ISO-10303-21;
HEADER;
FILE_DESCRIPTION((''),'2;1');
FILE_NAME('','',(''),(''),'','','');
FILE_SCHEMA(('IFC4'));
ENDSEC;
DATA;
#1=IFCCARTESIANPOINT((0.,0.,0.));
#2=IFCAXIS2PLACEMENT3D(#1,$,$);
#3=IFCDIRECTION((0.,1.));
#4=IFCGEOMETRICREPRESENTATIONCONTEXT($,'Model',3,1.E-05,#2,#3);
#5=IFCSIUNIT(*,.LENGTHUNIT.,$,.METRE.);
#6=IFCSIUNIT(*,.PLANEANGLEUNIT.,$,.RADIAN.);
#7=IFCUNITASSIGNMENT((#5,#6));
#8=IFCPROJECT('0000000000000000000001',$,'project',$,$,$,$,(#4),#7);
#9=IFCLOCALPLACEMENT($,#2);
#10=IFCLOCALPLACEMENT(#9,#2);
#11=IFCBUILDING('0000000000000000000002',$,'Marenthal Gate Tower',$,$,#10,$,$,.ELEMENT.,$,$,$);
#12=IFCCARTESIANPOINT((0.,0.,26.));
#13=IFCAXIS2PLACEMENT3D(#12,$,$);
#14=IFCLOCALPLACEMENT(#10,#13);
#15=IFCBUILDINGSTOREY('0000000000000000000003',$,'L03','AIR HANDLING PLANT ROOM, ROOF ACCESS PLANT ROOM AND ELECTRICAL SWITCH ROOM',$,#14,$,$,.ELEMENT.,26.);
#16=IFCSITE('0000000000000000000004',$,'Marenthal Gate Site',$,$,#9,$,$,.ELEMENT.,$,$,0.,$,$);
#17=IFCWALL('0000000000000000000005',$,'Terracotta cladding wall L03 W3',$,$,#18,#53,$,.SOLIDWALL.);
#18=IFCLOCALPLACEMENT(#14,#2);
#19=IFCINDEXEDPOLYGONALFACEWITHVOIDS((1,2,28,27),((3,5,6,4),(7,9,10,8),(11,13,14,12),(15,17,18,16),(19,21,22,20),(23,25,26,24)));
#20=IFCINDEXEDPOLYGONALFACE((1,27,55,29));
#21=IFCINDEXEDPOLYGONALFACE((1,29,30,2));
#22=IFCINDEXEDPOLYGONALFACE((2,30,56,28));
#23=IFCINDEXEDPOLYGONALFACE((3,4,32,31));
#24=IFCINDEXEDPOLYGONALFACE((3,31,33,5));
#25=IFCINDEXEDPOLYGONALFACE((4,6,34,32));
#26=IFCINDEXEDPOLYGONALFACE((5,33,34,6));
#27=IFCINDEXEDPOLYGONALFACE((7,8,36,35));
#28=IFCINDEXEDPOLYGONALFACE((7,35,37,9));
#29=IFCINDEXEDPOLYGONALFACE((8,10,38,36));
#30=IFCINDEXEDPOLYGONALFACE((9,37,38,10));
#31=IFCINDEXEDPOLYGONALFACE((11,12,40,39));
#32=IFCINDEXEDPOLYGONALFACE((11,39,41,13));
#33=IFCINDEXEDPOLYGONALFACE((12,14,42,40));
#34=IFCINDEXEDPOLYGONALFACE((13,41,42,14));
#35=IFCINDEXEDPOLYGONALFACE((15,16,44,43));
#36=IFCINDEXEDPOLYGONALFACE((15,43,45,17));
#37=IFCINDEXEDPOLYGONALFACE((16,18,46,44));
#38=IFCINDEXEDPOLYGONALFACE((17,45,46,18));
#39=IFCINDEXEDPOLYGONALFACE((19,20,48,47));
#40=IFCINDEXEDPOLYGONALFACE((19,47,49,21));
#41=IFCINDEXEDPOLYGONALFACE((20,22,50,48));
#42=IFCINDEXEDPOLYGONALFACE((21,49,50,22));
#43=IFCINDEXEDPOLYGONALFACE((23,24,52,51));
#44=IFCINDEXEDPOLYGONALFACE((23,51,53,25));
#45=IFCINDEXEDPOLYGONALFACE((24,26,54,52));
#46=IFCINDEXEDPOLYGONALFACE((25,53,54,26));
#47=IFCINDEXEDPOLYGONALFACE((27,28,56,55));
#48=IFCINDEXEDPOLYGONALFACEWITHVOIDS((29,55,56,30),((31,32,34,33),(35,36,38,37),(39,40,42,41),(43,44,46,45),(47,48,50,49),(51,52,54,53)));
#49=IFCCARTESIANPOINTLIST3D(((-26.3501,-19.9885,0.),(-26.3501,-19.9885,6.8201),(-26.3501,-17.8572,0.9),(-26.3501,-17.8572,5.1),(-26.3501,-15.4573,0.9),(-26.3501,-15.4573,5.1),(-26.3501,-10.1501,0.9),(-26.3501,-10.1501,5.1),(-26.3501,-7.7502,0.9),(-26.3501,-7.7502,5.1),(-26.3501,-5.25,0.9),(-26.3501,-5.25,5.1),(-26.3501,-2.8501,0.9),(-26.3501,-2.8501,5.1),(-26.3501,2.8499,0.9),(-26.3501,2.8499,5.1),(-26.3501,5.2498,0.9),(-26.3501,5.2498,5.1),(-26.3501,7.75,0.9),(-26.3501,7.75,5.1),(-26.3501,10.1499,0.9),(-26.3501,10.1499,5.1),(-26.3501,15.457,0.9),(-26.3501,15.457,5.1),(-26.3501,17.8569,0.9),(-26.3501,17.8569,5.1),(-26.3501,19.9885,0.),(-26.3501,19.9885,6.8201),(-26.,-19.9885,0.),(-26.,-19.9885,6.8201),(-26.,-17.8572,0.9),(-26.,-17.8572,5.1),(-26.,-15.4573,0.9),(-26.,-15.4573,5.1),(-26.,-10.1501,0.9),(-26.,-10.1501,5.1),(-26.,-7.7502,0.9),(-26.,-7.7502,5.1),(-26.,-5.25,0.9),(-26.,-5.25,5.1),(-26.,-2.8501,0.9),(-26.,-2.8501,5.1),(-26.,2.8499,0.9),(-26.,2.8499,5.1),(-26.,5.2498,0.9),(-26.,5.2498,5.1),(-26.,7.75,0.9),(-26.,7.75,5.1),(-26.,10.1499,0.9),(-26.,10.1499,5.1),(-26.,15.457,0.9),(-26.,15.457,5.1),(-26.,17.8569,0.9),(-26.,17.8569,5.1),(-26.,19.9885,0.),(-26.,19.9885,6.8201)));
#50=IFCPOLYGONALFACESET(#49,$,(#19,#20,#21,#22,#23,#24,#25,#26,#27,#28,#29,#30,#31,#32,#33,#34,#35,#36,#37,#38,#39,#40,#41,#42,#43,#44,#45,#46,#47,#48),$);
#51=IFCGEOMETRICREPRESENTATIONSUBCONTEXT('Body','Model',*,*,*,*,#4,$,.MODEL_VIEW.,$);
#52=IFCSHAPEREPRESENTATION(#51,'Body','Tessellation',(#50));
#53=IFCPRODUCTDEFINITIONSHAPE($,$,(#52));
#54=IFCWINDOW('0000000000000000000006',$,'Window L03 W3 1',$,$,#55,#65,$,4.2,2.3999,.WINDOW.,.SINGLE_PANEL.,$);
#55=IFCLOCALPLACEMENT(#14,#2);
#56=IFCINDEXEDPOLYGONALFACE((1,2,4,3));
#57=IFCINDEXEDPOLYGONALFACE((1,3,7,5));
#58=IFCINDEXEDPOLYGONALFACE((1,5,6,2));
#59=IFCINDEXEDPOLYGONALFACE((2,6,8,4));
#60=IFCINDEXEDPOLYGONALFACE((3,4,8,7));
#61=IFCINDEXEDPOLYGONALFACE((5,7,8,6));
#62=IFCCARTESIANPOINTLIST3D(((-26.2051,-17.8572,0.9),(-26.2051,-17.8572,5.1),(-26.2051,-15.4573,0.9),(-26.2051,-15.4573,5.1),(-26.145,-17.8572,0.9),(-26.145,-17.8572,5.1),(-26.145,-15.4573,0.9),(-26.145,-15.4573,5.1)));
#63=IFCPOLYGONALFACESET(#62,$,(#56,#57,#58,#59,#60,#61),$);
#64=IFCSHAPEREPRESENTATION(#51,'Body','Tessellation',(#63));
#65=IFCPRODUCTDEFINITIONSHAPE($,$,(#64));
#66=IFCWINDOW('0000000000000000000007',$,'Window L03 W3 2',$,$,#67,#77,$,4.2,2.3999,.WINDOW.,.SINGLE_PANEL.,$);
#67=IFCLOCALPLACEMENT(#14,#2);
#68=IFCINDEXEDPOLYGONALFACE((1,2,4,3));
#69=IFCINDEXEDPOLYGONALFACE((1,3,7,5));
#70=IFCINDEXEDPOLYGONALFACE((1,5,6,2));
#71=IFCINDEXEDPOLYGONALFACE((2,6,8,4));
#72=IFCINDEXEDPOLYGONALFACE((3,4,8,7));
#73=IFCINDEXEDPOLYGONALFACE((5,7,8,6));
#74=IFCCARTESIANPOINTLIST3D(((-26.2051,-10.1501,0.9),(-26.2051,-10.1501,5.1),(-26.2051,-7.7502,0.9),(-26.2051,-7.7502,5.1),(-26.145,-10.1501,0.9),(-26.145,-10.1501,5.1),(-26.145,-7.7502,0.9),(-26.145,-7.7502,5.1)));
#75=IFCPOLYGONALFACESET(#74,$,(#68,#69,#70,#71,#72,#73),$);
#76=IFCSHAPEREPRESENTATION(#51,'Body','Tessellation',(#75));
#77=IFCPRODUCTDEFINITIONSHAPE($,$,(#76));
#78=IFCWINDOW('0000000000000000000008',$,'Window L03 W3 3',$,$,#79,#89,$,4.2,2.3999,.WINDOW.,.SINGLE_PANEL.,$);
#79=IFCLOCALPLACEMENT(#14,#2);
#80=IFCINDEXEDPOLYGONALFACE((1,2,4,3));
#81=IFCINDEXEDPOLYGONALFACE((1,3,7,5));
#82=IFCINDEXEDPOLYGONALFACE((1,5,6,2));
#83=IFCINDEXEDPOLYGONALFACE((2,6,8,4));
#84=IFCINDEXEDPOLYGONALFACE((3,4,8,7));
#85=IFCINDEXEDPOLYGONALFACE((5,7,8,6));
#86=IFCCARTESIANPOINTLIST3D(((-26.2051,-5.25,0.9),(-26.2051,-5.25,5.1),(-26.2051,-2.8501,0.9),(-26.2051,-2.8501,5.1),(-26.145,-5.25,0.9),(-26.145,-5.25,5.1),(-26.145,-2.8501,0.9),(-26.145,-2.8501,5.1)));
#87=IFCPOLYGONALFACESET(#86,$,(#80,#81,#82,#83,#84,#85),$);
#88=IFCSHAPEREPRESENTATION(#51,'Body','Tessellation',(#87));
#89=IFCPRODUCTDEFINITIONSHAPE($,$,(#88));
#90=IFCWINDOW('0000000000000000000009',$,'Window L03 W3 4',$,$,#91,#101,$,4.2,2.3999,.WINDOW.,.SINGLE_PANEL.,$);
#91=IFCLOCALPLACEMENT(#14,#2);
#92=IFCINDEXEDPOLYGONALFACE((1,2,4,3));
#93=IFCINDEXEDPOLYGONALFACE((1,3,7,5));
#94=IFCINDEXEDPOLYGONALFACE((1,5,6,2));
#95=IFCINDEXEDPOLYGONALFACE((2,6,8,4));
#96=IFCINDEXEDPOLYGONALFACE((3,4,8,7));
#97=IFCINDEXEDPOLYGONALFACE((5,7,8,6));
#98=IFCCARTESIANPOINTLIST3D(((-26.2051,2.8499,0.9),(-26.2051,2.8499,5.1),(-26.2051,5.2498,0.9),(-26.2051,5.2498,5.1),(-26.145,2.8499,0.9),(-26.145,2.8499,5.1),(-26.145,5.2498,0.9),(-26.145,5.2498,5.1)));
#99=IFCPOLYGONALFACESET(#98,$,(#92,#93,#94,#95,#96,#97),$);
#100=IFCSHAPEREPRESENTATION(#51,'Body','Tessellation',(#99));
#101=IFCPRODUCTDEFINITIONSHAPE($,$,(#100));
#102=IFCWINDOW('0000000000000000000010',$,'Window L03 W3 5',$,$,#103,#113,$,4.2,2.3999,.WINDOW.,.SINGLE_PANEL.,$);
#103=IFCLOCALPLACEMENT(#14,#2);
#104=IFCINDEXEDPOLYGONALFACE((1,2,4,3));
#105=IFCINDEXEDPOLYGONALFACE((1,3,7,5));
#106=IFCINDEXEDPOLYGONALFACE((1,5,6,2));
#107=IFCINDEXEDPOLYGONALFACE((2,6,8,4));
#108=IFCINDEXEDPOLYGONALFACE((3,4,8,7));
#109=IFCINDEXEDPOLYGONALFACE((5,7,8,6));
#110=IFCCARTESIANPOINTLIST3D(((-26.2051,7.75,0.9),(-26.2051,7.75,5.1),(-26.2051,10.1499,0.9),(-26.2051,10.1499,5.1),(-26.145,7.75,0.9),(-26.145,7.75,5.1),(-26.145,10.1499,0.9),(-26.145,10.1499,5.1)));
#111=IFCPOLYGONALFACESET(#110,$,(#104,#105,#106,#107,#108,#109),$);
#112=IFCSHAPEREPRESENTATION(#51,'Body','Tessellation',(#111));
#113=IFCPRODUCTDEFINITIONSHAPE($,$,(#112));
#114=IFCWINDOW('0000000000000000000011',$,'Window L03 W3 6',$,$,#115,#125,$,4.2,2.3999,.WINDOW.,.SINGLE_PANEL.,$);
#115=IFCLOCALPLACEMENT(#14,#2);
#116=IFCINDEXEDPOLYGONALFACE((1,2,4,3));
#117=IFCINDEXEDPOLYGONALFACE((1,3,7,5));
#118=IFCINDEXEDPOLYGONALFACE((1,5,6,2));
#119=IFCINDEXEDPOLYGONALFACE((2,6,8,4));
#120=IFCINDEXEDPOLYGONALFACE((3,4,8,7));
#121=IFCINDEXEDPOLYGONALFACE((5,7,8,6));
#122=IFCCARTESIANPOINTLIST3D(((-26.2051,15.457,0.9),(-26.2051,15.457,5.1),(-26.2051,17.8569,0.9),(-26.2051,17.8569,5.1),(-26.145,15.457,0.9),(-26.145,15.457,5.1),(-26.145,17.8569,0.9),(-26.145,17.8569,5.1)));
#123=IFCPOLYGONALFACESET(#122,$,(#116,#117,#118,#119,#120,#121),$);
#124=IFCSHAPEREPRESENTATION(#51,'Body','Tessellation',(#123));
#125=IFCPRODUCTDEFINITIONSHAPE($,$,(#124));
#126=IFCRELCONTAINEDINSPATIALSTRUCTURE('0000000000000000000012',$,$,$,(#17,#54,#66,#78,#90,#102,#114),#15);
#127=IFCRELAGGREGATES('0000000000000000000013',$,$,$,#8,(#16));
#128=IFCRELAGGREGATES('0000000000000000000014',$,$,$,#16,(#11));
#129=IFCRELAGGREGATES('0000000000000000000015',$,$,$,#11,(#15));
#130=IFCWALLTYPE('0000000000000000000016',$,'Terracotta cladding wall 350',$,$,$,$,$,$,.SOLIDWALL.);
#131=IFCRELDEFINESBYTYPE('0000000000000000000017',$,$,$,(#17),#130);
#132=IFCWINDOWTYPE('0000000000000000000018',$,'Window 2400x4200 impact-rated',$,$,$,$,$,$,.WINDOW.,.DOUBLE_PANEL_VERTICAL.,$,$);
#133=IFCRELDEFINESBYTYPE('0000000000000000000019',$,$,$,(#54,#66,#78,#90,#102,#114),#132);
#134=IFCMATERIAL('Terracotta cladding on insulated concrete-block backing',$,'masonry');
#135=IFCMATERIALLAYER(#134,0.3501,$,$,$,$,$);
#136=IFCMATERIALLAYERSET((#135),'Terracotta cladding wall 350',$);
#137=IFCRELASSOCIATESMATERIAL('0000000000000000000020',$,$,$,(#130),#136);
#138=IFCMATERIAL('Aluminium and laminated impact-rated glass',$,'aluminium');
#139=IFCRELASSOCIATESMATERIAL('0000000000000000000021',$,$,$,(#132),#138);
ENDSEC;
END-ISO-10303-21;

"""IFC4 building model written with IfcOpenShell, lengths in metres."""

from ifc_helpers import new_model, si_unit, direction, frame, frame_2d, origin, place, context, subcontext, project, spatial, rectangle, extrude, material, layer, layer_set, type_object, element, fill, save


model = new_model("IFC4")

# Units and contexts
model_context = context("Model", 3, precision=1e-05, world=origin(), true_north=direction((0.0, 1.0)))
body_context = subcontext(model_context, "Body", "Model", "MODEL_VIEW")
ifc_project = project(units=[si_unit("LENGTHUNIT", "METRE"), si_unit("PLANEANGLEUNIT", "RADIAN")], contexts=[model_context])

# Site, building, storey
site_placement = place(None, origin())
site = spatial("IfcSite", under=ifc_project, at=site_placement, Name="Marenthal Gate Site", CompositionType="ELEMENT", RefElevation=0.0)
building_placement = place(site_placement, origin())
building = spatial("IfcBuilding", under=site, at=building_placement, Name="Marenthal Gate Tower", CompositionType="ELEMENT")
storey_placement = place(building_placement, frame((0.0, 0.0, 26.0)))
storey = spatial("IfcBuildingStorey", under=building, at=storey_placement, Name="L03", Description="AIR HANDLING PLANT ROOM, ROOF ACCESS PLANT ROOM AND ELECTRICAL SWITCH ROOM", CompositionType="ELEMENT", Elevation=26.0)

# Shared definitions
ifc_material_1 = material(Name="Terracotta cladding on insulated concrete-block backing", Category="masonry")
ifc_layer_1 = layer(ifc_material_1, 0.3501)
ifc_layer_set_1 = layer_set([ifc_layer_1], Name="Terracotta cladding wall 350")
wall_type_1 = type_object("IfcWallType", Name="Terracotta cladding wall 350", PredefinedType="SOLIDWALL", material=ifc_layer_set_1)

# Wall, openings, windows
wall_1_placement = place(storey_placement, frame((-26.175, -19.9885, 0.0), z_axis=(0.0, 0.0, 1.0), x_axis=(0.0, 1.0, 0.0)))
wall_1 = element("IfcWall", 1, at=wall_1_placement, inside=storey, type_object=wall_type_1, Name="Terracotta cladding wall L03 W3", PredefinedType="SOLIDWALL", context=body_context, shape_type="SweptSolid", body=[
    extrude(rectangle(XDim=39.9771, YDim=0.3501, at=frame_2d((19.9885, 0.0))), origin(), (0.0, 0.0, 1.0), 6.8201),
])
opening_1_placement = place(wall_1_placement, frame((2.1313, 0.0, 0.8999)))
opening_1 = element("IfcOpeningElement", 2, at=opening_1_placement, cuts=wall_1, PredefinedType="OPENING", context=body_context, shape_type="SweptSolid", body=[
    extrude(rectangle(XDim=2.3999, YDim=4.2, at=frame_2d((1.2, 2.1001))), frame((0.0, 0.1851, 0.0), z_axis=(0.0, -1.0, 0.0), x_axis=(1.0, 0.0, 0.0)), (0.0, 0.0, 1.0), 0.3701),
])
opening_2_placement = place(wall_1_placement, frame((9.8384, 0.0, 0.8999)))
opening_2 = element("IfcOpeningElement", 3, at=opening_2_placement, cuts=wall_1, PredefinedType="OPENING", context=body_context, shape_type="SweptSolid", body=[
    extrude(rectangle(XDim=2.3999, YDim=4.2, at=frame_2d((1.2, 2.1001))), frame((0.0, 0.1851, 0.0), z_axis=(0.0, -1.0, 0.0), x_axis=(1.0, 0.0, 0.0)), (0.0, 0.0, 1.0), 0.3701),
])
opening_3_placement = place(wall_1_placement, frame((14.7385, 0.0, 0.8999)))
opening_3 = element("IfcOpeningElement", 4, at=opening_3_placement, cuts=wall_1, PredefinedType="OPENING", context=body_context, shape_type="SweptSolid", body=[
    extrude(rectangle(XDim=2.3999, YDim=4.2, at=frame_2d((1.2, 2.1001))), frame((0.0, 0.1851, 0.0), z_axis=(0.0, -1.0, 0.0), x_axis=(1.0, 0.0, 0.0)), (0.0, 0.0, 1.0), 0.3701),
])
opening_4_placement = place(wall_1_placement, frame((22.8384, 0.0, 0.8999)))
opening_4 = element("IfcOpeningElement", 5, at=opening_4_placement, cuts=wall_1, PredefinedType="OPENING", context=body_context, shape_type="SweptSolid", body=[
    extrude(rectangle(XDim=2.3999, YDim=4.2, at=frame_2d((1.2, 2.1001))), frame((0.0, 0.1851, 0.0), z_axis=(0.0, -1.0, 0.0), x_axis=(1.0, 0.0, 0.0)), (0.0, 0.0, 1.0), 0.3701),
])
opening_5_placement = place(wall_1_placement, frame((27.7385, 0.0, 0.8999)))
opening_5 = element("IfcOpeningElement", 6, at=opening_5_placement, cuts=wall_1, PredefinedType="OPENING", context=body_context, shape_type="SweptSolid", body=[
    extrude(rectangle(XDim=2.3999, YDim=4.2, at=frame_2d((1.2, 2.1001))), frame((0.0, 0.1851, 0.0), z_axis=(0.0, -1.0, 0.0), x_axis=(1.0, 0.0, 0.0)), (0.0, 0.0, 1.0), 0.3701),
])
opening_6_placement = place(wall_1_placement, frame((35.4456, 0.0, 0.8999)))
opening_6 = element("IfcOpeningElement", 7, at=opening_6_placement, cuts=wall_1, PredefinedType="OPENING", context=body_context, shape_type="SweptSolid", body=[
    extrude(rectangle(XDim=2.3999, YDim=4.2, at=frame_2d((1.2, 2.1001))), frame((0.0, 0.1851, 0.0), z_axis=(0.0, -1.0, 0.0), x_axis=(1.0, 0.0, 0.0)), (0.0, 0.0, 1.0), 0.3701),
])
ifc_material_2 = material(Name="Aluminium and laminated impact-rated glass", Category="aluminium")
window_type = type_object("IfcWindowType", Name="Window 2400x4200 impact-rated", PartitioningType="DOUBLE_PANEL_VERTICAL", PredefinedType="WINDOW", material=ifc_material_2)
window_1_placement = place(opening_1_placement, origin())
window_1 = element("IfcWindow", 8, at=window_1_placement, inside=storey, type_object=window_type, Name="Window L03 W3 1", OverallHeight=4.2, OverallWidth=2.3999, PartitioningType="SINGLE_PANEL", PredefinedType="WINDOW", context=body_context, shape_type="SweptSolid", body=[
    extrude(rectangle(XDim=2.3999, YDim=4.2, at=frame_2d((1.2, 2.1001))), frame((0.0, 0.03, 0.0), z_axis=(0.0, -1.0, 0.0), x_axis=(1.0, 0.0, 0.0)), (0.0, 0.0, 1.0), 0.0601),
])
fill(opening_1, window_1)
window_2_placement = place(opening_2_placement, origin())
window_2 = element("IfcWindow", 9, at=window_2_placement, inside=storey, type_object=window_type, Name="Window L03 W3 2", OverallHeight=4.2, OverallWidth=2.3999, PartitioningType="SINGLE_PANEL", PredefinedType="WINDOW", context=body_context, shape_type="SweptSolid", body=[
    extrude(rectangle(XDim=2.3999, YDim=4.2, at=frame_2d((1.2, 2.1001))), frame((0.0, 0.03, 0.0), z_axis=(0.0, -1.0, 0.0), x_axis=(1.0, 0.0, 0.0)), (0.0, 0.0, 1.0), 0.0601),
])
fill(opening_2, window_2)
window_3_placement = place(opening_3_placement, origin())
window_3 = element("IfcWindow", 10, at=window_3_placement, inside=storey, type_object=window_type, Name="Window L03 W3 3", OverallHeight=4.2, OverallWidth=2.3999, PartitioningType="SINGLE_PANEL", PredefinedType="WINDOW", context=body_context, shape_type="SweptSolid", body=[
    extrude(rectangle(XDim=2.3999, YDim=4.2, at=frame_2d((1.2, 2.1001))), frame((0.0, 0.03, 0.0), z_axis=(0.0, -1.0, 0.0), x_axis=(1.0, 0.0, 0.0)), (0.0, 0.0, 1.0), 0.0601),
])
fill(opening_3, window_3)
window_4_placement = place(opening_4_placement, origin())
window_4 = element("IfcWindow", 11, at=window_4_placement, inside=storey, type_object=window_type, Name="Window L03 W3 4", OverallHeight=4.2, OverallWidth=2.3999, PartitioningType="SINGLE_PANEL", PredefinedType="WINDOW", context=body_context, shape_type="SweptSolid", body=[
    extrude(rectangle(XDim=2.3999, YDim=4.2, at=frame_2d((1.2, 2.1001))), frame((0.0, 0.03, 0.0), z_axis=(0.0, -1.0, 0.0), x_axis=(1.0, 0.0, 0.0)), (0.0, 0.0, 1.0), 0.0601),
])
fill(opening_4, window_4)
window_5_placement = place(opening_5_placement, origin())
window_5 = element("IfcWindow", 12, at=window_5_placement, inside=storey, type_object=window_type, Name="Window L03 W3 5", OverallHeight=4.2, OverallWidth=2.3999, PartitioningType="SINGLE_PANEL", PredefinedType="WINDOW", context=body_context, shape_type="SweptSolid", body=[
    extrude(rectangle(XDim=2.3999, YDim=4.2, at=frame_2d((1.2, 2.1001))), frame((0.0, 0.03, 0.0), z_axis=(0.0, -1.0, 0.0), x_axis=(1.0, 0.0, 0.0)), (0.0, 0.0, 1.0), 0.0601),
])
fill(opening_5, window_5)
window_6_placement = place(opening_6_placement, origin())
window_6 = element("IfcWindow", 13, at=window_6_placement, inside=storey, type_object=window_type, Name="Window L03 W3 6", OverallHeight=4.2, OverallWidth=2.3999, PartitioningType="SINGLE_PANEL", PredefinedType="WINDOW", context=body_context, shape_type="SweptSolid", body=[
    extrude(rectangle(XDim=2.3999, YDim=4.2, at=frame_2d((1.2, 2.1001))), frame((0.0, 0.03, 0.0), z_axis=(0.0, -1.0, 0.0), x_axis=(1.0, 0.0, 0.0)), (0.0, 0.0, 1.0), 0.0601),
])
fill(opening_6, window_6)

save(model, "model.ifc")
